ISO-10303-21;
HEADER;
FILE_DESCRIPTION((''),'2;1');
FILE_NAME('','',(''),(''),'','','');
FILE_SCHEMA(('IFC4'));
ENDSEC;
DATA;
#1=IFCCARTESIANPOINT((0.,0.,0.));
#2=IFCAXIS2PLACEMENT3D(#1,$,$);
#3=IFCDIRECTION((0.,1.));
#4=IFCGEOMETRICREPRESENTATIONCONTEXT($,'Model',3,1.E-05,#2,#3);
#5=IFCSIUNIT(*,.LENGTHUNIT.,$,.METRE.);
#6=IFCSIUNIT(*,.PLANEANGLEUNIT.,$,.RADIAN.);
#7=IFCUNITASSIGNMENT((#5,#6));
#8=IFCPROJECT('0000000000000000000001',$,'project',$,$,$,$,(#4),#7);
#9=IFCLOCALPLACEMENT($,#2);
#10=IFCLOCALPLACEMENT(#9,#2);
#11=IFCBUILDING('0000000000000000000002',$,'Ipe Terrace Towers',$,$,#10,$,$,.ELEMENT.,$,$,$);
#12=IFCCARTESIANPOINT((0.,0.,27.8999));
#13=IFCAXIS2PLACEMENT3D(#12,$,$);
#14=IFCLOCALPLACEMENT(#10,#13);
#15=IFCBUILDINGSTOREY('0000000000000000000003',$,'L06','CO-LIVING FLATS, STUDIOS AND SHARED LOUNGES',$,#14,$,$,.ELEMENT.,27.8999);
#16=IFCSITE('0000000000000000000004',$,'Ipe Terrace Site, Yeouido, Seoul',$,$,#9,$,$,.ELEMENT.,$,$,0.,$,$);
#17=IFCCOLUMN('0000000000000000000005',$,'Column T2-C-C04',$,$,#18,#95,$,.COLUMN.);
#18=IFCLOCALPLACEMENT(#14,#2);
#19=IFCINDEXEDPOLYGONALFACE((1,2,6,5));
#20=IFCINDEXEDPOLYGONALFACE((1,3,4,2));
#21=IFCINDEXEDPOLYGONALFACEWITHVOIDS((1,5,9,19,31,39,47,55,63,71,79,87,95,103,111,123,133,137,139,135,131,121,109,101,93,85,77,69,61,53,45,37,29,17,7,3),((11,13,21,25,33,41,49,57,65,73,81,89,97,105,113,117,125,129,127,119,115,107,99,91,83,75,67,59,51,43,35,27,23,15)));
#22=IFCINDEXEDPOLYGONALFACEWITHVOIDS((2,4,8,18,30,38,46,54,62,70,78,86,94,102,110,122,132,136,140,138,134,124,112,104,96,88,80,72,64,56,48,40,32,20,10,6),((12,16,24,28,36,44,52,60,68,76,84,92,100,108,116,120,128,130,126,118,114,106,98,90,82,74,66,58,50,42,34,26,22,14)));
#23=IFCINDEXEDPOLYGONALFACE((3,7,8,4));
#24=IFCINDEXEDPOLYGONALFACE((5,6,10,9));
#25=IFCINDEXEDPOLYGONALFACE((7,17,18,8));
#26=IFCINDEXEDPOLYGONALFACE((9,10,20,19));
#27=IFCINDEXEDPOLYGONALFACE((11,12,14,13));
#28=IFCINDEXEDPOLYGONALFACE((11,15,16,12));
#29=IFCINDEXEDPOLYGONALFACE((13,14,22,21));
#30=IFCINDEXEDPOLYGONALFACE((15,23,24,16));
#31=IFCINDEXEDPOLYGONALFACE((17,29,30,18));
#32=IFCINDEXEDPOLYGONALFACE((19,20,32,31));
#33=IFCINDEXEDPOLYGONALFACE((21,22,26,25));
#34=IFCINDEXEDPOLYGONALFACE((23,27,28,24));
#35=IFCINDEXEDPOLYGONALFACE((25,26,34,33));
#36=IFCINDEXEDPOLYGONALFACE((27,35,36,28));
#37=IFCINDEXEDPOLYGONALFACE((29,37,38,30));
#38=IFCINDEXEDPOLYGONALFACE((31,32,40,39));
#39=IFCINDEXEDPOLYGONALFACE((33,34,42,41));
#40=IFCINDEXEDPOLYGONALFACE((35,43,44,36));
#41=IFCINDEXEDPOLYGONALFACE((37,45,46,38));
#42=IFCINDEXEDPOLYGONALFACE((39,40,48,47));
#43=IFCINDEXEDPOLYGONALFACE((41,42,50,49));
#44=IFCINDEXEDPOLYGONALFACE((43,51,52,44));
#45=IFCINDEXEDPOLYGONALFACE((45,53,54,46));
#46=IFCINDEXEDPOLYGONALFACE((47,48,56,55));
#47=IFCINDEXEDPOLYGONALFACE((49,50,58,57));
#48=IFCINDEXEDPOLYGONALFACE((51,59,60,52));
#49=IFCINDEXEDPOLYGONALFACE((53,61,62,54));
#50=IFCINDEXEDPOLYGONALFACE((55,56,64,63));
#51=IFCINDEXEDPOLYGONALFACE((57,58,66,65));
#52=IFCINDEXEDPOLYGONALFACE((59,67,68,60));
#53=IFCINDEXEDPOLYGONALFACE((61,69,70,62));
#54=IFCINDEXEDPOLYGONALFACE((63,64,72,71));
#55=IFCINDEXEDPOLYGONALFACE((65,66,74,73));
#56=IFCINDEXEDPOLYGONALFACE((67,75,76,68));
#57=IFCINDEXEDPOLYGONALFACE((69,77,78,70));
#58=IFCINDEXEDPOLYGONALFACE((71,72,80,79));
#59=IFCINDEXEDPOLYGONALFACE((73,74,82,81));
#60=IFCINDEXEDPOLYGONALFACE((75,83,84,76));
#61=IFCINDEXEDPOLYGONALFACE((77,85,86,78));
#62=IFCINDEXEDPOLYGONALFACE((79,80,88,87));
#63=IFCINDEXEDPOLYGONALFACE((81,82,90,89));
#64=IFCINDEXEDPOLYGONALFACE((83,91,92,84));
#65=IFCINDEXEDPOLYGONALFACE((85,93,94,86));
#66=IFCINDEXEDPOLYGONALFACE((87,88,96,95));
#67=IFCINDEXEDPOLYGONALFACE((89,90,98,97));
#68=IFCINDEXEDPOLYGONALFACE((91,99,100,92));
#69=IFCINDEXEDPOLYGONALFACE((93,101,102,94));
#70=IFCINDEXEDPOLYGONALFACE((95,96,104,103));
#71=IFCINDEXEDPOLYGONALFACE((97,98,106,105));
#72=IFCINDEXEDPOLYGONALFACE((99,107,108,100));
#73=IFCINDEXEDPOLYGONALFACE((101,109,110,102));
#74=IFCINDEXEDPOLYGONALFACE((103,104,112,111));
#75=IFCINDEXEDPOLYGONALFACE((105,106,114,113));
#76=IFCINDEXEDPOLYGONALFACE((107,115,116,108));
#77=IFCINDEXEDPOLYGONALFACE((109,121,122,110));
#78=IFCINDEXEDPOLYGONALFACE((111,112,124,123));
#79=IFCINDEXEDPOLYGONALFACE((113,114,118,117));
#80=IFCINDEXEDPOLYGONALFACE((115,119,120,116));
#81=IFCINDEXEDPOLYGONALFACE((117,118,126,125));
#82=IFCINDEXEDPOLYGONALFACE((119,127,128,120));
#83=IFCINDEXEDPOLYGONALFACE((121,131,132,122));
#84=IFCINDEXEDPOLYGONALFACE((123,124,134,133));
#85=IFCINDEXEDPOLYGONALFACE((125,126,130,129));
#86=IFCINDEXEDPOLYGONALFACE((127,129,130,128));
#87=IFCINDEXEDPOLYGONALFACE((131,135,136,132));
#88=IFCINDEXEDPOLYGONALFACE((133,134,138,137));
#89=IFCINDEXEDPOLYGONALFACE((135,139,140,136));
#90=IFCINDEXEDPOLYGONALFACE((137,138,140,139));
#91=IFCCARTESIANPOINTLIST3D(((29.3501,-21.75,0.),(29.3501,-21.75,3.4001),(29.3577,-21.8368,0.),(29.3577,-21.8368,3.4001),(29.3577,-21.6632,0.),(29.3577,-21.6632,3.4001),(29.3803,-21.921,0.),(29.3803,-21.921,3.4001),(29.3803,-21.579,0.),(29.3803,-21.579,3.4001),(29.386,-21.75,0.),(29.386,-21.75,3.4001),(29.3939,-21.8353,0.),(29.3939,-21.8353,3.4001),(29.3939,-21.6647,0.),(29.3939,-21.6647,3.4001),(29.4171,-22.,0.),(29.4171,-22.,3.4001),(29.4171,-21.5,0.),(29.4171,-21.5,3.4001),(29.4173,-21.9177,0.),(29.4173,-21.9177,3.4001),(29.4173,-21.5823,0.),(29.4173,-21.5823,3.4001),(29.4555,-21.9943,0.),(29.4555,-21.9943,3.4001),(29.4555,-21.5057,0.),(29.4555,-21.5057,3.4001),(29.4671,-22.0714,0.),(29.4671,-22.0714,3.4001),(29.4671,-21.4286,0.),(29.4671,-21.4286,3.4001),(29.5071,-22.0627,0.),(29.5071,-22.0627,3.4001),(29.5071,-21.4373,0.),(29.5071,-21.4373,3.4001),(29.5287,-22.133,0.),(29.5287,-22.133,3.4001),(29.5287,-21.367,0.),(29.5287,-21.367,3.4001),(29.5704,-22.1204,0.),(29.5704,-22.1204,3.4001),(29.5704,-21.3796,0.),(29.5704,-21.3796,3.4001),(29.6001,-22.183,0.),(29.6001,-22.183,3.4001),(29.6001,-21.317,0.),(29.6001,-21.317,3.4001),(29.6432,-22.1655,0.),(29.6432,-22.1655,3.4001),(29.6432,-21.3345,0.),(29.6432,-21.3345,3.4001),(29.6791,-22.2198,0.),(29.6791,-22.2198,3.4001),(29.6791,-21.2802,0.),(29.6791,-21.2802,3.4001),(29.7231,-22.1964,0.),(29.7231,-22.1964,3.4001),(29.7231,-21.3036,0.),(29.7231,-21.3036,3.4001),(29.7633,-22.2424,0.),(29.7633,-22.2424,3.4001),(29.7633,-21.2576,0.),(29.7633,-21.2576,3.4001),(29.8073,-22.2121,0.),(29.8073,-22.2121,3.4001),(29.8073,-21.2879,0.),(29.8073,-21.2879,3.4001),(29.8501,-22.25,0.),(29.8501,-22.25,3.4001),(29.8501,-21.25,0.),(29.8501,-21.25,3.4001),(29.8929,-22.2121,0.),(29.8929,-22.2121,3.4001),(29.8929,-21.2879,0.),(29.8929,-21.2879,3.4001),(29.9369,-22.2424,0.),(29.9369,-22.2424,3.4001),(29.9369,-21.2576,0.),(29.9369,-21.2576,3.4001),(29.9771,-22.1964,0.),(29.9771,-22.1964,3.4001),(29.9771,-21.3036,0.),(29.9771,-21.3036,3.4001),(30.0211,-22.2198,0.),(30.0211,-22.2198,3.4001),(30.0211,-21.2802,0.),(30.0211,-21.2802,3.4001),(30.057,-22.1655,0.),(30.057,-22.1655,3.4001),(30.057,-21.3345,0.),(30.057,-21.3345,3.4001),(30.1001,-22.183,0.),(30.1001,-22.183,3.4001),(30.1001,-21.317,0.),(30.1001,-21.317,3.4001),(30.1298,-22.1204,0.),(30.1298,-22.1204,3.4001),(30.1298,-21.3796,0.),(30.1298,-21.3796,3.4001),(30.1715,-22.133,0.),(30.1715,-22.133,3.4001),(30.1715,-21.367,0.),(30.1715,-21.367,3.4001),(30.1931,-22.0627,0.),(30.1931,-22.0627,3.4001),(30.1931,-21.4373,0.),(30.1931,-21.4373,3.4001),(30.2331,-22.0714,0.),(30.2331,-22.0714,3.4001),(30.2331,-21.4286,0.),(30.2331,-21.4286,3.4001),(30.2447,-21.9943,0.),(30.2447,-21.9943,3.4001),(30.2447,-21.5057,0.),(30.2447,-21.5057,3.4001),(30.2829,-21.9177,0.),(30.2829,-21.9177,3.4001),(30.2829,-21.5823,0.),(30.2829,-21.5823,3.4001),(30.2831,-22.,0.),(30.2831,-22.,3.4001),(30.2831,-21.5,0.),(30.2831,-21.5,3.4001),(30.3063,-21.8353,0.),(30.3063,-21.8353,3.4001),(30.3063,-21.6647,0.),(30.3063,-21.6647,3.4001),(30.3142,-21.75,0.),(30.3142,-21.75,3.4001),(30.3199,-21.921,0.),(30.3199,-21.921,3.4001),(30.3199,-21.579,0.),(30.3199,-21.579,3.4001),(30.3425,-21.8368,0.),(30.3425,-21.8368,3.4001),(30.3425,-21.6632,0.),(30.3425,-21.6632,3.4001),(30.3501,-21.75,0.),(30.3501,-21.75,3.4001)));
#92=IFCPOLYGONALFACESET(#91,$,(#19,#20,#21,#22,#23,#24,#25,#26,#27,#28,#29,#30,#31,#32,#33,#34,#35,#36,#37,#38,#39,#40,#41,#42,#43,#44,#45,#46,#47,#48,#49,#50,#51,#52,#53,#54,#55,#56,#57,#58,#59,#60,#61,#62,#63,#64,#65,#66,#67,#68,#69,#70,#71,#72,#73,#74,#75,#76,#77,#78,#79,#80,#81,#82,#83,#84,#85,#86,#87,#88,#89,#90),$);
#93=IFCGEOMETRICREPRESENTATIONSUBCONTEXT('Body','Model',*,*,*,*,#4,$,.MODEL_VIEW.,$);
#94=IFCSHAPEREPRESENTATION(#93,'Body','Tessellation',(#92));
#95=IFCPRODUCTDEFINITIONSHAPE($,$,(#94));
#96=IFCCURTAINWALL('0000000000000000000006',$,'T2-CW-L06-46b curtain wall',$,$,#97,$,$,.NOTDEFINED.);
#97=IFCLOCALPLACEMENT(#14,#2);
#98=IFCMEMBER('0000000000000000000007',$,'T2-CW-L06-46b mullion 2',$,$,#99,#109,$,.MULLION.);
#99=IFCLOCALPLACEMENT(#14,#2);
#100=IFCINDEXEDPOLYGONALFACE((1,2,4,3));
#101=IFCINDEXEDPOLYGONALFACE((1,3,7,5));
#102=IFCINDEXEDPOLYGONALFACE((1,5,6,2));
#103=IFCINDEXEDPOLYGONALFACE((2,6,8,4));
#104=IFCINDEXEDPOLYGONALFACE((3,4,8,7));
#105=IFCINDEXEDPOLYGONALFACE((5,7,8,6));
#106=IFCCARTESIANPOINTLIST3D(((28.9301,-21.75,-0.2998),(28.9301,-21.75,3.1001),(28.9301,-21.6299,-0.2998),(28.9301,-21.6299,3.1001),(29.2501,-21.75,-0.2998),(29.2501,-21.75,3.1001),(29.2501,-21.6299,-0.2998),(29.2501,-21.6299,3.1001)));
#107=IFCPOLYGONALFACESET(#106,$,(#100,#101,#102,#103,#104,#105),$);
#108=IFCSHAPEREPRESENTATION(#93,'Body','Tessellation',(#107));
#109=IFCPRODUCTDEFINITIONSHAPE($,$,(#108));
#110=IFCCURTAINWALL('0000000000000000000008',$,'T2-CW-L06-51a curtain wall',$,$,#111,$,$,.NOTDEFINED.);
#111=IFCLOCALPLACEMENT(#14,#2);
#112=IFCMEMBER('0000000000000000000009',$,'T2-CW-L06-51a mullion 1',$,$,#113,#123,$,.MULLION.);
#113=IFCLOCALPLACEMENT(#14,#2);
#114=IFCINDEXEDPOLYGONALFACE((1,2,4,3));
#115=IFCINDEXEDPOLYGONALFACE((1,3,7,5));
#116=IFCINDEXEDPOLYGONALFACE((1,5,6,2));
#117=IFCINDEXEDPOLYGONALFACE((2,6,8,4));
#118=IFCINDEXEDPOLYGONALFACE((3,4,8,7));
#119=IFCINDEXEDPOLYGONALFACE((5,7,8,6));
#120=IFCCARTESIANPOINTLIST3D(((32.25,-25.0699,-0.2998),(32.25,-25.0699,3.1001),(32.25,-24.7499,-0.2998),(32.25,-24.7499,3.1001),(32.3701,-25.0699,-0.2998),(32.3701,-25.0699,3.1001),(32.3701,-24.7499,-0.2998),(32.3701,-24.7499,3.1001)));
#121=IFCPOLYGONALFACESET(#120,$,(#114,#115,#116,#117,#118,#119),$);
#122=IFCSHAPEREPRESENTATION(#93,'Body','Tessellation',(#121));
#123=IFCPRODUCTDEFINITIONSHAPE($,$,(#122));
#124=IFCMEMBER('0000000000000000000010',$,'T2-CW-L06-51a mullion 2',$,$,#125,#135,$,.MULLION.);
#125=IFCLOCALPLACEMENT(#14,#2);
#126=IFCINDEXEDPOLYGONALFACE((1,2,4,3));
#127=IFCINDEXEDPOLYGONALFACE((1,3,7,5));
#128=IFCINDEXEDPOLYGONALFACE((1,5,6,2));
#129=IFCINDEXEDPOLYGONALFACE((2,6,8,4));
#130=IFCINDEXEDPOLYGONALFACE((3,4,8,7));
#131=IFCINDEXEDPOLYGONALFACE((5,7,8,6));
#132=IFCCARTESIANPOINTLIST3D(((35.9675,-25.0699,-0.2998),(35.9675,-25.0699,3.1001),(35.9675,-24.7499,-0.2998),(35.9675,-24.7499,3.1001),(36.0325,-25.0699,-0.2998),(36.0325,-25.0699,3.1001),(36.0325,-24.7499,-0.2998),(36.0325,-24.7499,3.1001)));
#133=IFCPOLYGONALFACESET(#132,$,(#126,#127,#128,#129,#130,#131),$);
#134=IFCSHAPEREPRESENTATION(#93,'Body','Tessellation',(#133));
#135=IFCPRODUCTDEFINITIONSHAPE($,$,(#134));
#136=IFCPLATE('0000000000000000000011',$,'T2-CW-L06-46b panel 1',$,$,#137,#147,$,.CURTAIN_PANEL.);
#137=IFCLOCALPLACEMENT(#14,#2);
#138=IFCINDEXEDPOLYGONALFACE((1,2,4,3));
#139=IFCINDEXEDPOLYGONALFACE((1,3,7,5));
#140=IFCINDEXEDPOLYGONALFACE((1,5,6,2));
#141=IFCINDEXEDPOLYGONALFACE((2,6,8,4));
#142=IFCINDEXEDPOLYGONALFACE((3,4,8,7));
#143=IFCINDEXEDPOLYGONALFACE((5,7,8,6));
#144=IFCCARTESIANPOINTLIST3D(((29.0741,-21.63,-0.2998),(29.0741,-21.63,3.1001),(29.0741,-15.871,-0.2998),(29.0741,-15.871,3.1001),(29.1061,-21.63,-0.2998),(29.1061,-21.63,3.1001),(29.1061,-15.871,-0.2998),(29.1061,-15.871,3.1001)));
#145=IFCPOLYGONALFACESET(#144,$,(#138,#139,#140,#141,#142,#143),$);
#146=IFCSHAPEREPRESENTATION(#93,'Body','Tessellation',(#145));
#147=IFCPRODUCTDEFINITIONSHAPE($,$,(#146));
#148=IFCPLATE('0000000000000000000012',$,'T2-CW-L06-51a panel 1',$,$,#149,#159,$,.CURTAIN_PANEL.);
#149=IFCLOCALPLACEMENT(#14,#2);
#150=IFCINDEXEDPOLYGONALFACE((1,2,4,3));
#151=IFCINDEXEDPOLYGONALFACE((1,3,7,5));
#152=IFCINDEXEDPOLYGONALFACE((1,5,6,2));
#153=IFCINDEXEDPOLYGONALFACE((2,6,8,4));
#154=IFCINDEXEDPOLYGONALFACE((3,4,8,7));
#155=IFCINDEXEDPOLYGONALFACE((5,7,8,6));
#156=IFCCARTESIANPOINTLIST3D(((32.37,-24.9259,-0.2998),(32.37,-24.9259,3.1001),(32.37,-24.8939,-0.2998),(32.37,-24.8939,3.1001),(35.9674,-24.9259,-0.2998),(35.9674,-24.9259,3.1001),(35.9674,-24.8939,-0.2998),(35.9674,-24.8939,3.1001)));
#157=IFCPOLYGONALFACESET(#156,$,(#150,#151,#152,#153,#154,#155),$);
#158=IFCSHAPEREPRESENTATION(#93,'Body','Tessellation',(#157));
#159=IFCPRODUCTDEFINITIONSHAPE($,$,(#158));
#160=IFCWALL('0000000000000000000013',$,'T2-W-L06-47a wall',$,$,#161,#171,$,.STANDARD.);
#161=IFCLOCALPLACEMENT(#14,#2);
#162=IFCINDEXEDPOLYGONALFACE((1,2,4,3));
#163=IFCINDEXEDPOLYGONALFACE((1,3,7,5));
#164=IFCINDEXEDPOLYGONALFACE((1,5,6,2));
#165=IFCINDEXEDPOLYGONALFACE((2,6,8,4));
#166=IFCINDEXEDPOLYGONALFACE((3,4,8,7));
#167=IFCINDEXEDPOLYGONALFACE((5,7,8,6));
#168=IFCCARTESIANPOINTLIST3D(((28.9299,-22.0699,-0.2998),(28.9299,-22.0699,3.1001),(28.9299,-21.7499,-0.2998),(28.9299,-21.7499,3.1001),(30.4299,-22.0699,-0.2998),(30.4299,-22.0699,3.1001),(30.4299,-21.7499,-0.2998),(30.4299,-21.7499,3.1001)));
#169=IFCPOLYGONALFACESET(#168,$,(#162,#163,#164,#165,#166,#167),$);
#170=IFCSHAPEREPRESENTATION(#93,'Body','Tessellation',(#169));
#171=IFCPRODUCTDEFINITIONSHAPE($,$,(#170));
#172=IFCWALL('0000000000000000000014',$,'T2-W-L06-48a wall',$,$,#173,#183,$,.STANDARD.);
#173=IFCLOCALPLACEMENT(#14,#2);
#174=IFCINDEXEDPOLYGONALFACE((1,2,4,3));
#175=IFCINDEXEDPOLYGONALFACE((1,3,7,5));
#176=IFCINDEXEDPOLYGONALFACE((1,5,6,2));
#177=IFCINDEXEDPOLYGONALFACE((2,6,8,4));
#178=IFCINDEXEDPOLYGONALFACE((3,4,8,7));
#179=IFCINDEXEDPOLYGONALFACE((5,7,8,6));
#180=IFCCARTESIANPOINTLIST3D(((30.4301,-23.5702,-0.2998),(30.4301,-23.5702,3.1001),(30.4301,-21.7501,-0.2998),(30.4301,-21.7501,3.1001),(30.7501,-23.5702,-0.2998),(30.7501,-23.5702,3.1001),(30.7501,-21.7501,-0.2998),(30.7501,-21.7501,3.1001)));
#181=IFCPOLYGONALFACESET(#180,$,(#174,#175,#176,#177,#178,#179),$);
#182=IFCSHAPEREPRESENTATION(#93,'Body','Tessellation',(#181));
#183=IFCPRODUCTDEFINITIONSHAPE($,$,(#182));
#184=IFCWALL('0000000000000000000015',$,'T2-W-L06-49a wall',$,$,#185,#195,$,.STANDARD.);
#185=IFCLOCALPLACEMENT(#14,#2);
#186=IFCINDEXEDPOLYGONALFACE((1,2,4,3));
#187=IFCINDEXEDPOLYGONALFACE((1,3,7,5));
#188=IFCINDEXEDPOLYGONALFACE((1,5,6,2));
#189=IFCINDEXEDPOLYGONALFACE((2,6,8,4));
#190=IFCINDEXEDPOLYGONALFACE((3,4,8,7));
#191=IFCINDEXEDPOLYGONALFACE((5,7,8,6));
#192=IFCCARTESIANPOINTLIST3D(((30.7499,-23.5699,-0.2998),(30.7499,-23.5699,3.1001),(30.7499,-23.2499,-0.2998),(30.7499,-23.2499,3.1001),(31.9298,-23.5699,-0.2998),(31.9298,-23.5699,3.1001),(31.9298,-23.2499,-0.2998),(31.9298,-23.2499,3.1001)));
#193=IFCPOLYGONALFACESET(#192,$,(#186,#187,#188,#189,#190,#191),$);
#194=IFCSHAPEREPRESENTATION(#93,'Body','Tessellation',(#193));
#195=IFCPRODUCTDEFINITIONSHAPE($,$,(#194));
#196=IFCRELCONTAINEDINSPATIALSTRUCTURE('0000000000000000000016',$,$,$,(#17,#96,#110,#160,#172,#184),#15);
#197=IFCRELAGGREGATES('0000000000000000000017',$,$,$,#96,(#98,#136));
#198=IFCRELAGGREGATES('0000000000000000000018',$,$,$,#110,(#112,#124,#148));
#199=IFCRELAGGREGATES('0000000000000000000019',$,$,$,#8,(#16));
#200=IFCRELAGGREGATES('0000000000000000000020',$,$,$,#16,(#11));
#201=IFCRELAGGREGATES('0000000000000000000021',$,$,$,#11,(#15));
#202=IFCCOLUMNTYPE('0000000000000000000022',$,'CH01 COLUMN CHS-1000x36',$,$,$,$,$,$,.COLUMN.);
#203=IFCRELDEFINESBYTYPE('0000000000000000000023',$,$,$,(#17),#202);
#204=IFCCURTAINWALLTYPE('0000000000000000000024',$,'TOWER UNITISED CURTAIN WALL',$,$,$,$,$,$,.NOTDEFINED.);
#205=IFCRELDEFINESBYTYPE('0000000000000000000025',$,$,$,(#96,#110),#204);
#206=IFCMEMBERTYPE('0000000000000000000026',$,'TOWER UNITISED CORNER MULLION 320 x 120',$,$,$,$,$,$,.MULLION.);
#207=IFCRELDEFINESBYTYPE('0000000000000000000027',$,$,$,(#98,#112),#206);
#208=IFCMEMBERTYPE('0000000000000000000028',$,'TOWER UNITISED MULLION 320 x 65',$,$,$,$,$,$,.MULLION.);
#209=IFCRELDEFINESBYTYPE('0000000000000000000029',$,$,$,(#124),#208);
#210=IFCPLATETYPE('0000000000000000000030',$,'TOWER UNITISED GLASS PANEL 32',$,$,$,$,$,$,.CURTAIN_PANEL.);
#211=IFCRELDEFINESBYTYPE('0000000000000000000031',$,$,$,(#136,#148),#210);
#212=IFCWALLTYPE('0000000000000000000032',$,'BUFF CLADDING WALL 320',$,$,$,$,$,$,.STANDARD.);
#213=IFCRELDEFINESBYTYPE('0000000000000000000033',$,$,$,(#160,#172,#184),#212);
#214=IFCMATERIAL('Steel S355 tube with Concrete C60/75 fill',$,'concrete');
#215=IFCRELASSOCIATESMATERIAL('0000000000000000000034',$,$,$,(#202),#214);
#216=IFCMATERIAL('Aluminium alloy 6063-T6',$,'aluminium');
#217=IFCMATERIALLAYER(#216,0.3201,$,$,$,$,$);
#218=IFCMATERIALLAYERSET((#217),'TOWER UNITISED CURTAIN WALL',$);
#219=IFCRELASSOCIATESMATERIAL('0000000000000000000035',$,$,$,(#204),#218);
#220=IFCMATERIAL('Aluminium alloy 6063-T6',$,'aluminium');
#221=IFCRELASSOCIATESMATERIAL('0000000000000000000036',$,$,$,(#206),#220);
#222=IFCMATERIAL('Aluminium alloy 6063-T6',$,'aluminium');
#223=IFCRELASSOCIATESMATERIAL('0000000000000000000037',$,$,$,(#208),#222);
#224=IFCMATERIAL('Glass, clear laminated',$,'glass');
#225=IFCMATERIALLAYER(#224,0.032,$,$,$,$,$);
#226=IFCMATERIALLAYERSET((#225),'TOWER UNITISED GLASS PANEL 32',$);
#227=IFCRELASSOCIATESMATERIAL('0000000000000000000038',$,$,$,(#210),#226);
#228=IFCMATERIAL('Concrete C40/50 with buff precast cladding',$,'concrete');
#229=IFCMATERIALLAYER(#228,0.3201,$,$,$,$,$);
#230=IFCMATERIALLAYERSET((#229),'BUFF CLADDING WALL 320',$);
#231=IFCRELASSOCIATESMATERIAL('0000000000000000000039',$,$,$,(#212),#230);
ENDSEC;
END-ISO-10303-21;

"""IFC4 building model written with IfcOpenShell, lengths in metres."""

from ifc_helpers import new_model, si_unit, direction, frame, frame_2d, origin, origin_2d, place, context, subcontext, project, spatial, rectangle, hollow_circle, extrude, material, layer, layer_set, material_profile, profile_set, type_object, element, aggregate, save


model = new_model("IFC4")

# Units and contexts
model_context = context("Model", 3, precision=1e-05, world=origin(), true_north=direction((0.0, 1.0)))
body_context = subcontext(model_context, "Body", "Model", "MODEL_VIEW")
ifc_project = project(units=[si_unit("LENGTHUNIT", "METRE"), si_unit("PLANEANGLEUNIT", "RADIAN")], contexts=[model_context])

# Site, building, storey
site_placement = place(None, origin())
site = spatial("IfcSite", under=ifc_project, at=site_placement, Name="Ipe Terrace Site, Yeouido, Seoul", CompositionType="ELEMENT", RefElevation=0.0)
building_placement = place(site_placement, origin())
building = spatial("IfcBuilding", under=site, at=building_placement, Name="Ipe Terrace Towers", CompositionType="ELEMENT")
storey_placement = place(building_placement, frame((0.0, 0.0, 27.8999)))
storey = spatial("IfcBuildingStorey", under=building, at=storey_placement, Name="L06", Description="CO-LIVING FLATS, STUDIOS AND SHARED LOUNGES", CompositionType="ELEMENT", Elevation=27.8999)

# Column
ifc_material_1 = material(Name="Steel S355 tube with Concrete C60/75 fill", Category="concrete")
ifc_material_profile_1 = material_profile(ifc_material_1, hollow_circle(Radius=0.5, WallThickness=0.0359, at=origin_2d()), Name="CHS-1000x36")
ifc_profile_set_1 = profile_set([ifc_material_profile_1], Name="Steel S355 tube with Concrete C60/75 fill")
column_type = type_object("IfcColumnType", Name="CH01 COLUMN CHS-1000x36", PredefinedType="COLUMN", material=ifc_profile_set_1)
column_placement = place(storey_placement, frame((29.8501, -21.75, 0.0), z_axis=(0.0, 0.0, 1.0), x_axis=(1.0, 0.0, 0.0)))
element("IfcColumn", 1, at=column_placement, inside=storey, type_object=column_type, Name="Column T2-C-C04", PredefinedType="COLUMN", context=body_context, shape_type="SweptSolid", body=[
    extrude(hollow_circle(Radius=0.5, WallThickness=0.0359, at=origin_2d()), origin(), (0.0, 0.0, 1.0), 3.4001),
])

# Curtain wall, member
ifc_material_2 = material(Name="Aluminium alloy 6063-T6", Category="aluminium")
ifc_layer_1 = layer(ifc_material_2, 0.3201)
ifc_layer_set_1 = layer_set([ifc_layer_1], Name="TOWER UNITISED CURTAIN WALL")
curtain_wall_type = type_object("IfcCurtainWallType", Name="TOWER UNITISED CURTAIN WALL", PredefinedType="NOTDEFINED", material=ifc_layer_set_1)
curtain_wall_1_placement = place(storey_placement, origin())
curtain_wall_1 = element("IfcCurtainWall", 2, at=curtain_wall_1_placement, inside=storey, type_object=curtain_wall_type, Name="T2-CW-L06-46b curtain wall", PredefinedType="NOTDEFINED")
ifc_material_3 = material(Name="Aluminium alloy 6063-T6", Category="aluminium")
ifc_material_profile_2 = material_profile(ifc_material_3, rectangle(XDim=0.3201, YDim=0.1201, at=origin_2d()), Name="TOWER UNITISED CORNER MULLION 320 x 120")
ifc_profile_set_2 = profile_set([ifc_material_profile_2], Name="Aluminium alloy 6063-T6")
member_type_1 = type_object("IfcMemberType", Name="TOWER UNITISED CORNER MULLION 320 x 120", PredefinedType="MULLION", material=ifc_profile_set_2)
member_1_placement = place(storey_placement, frame((29.0901, -21.6899, -0.2998), z_axis=(0.0, 0.0, 1.0), x_axis=(-1.0, 0.0, 0.0)))
member_1 = element("IfcMember", 3, at=member_1_placement, type_object=member_type_1, Name="T2-CW-L06-46b mullion 2", PredefinedType="MULLION", context=body_context, shape_type="SweptSolid", body=[
    extrude(rectangle(XDim=0.3201, YDim=0.1201, at=origin_2d()), origin(), (0.0, 0.0, 1.0), 3.3999),
])

# Curtain wall, members
curtain_wall_2_placement = place(storey_placement, origin())
curtain_wall_2 = element("IfcCurtainWall", 4, at=curtain_wall_2_placement, inside=storey, type_object=curtain_wall_type, Name="T2-CW-L06-51a curtain wall", PredefinedType="NOTDEFINED")
member_2_placement = place(storey_placement, frame((32.3101, -24.9099, -0.2998), z_axis=(0.0, 0.0, 1.0), x_axis=(0.0, -1.0, 0.0)))
member_2 = element("IfcMember", 5, at=member_2_placement, type_object=member_type_1, Name="T2-CW-L06-51a mullion 1", PredefinedType="MULLION", context=body_context, shape_type="SweptSolid", body=[
    extrude(rectangle(XDim=0.3201, YDim=0.1201, at=origin_2d()), origin(), (0.0, 0.0, 1.0), 3.3999),
])
ifc_material_4 = material(Name="Aluminium alloy 6063-T6", Category="aluminium")
ifc_material_profile_3 = material_profile(ifc_material_4, rectangle(XDim=0.3201, YDim=0.0649, at=origin_2d()), Name="TOWER UNITISED MULLION 320 x 65")
ifc_profile_set_3 = profile_set([ifc_material_profile_3], Name="Aluminium alloy 6063-T6")
member_type_2 = type_object("IfcMemberType", Name="TOWER UNITISED MULLION 320 x 65", PredefinedType="MULLION", material=ifc_profile_set_3)
member_3_placement = place(storey_placement, frame((36.0, -24.9099, -0.2998), z_axis=(0.0, 0.0, 1.0), x_axis=(0.0, -1.0, 0.0)))
member_3 = element("IfcMember", 6, at=member_3_placement, type_object=member_type_2, Name="T2-CW-L06-51a mullion 2", PredefinedType="MULLION", context=body_context, shape_type="SweptSolid", body=[
    extrude(rectangle(XDim=0.3201, YDim=0.0649, at=origin_2d()), origin(), (0.0, 0.0, 1.0), 3.3999),
])

# Plates
ifc_material_5 = material(Name="Glass, clear laminated", Category="glass")
ifc_layer_2 = layer(ifc_material_5, 0.032)
ifc_layer_set_2 = layer_set([ifc_layer_2], Name="TOWER UNITISED GLASS PANEL 32")
plate_type = type_object("IfcPlateType", Name="TOWER UNITISED GLASS PANEL 32", PredefinedType="CURTAIN_PANEL", material=ifc_layer_set_2)
plate_1_placement = place(storey_placement, frame((29.0901, -18.7505, -0.2998), z_axis=(0.0, 0.0, 1.0), x_axis=(0.0, -1.0, 0.0)))
plate_1 = element("IfcPlate", 7, at=plate_1_placement, type_object=plate_type, Name="T2-CW-L06-46b panel 1", PredefinedType="CURTAIN_PANEL", context=body_context, shape_type="SweptSolid", body=[
    extrude(rectangle(XDim=5.759, YDim=0.032, at=origin_2d()), origin(), (0.0, 0.0, 1.0), 3.3999),
])
aggregate(curtain_wall_1, [member_1, plate_1])
plate_2_placement = place(storey_placement, frame((34.1687, -24.9099, -0.2998), z_axis=(0.0, 0.0, 1.0), x_axis=(1.0, 0.0, 0.0)))
plate_2 = element("IfcPlate", 8, at=plate_2_placement, type_object=plate_type, Name="T2-CW-L06-51a panel 1", PredefinedType="CURTAIN_PANEL", context=body_context, shape_type="SweptSolid", body=[
    extrude(rectangle(XDim=3.5974, YDim=0.032, at=origin_2d()), origin(), (0.0, 0.0, 1.0), 3.3999),
])
aggregate(curtain_wall_2, [member_2, member_3, plate_2])

# Walls
ifc_material_6 = material(Name="Concrete C40/50 with buff precast cladding", Category="concrete")
ifc_layer_3 = layer(ifc_material_6, 0.3201)
ifc_layer_set_3 = layer_set([ifc_layer_3], Name="BUFF CLADDING WALL 320")
wall_type_1 = type_object("IfcWallType", Name="BUFF CLADDING WALL 320", PredefinedType="STANDARD", material=ifc_layer_set_3)
wall_1_placement = place(storey_placement, frame((28.9299, -21.9099, -0.2998), z_axis=(0.0, 0.0, 1.0), x_axis=(1.0, 0.0, 0.0)))
element("IfcWall", 9, at=wall_1_placement, inside=storey, type_object=wall_type_1, Name="T2-W-L06-47a wall", PredefinedType="STANDARD", context=body_context, shape_type="SweptSolid", body=[
    extrude(rectangle(XDim=1.5, YDim=0.3201, at=frame_2d((0.75, 0.0))), origin(), (0.0, 0.0, 1.0), 3.3999),
])
wall_2_placement = place(storey_placement, frame((30.5901, -21.75, -0.2998), z_axis=(0.0, 0.0, 1.0), x_axis=(0.0, -1.0, 0.0)))
element("IfcWall", 10, at=wall_2_placement, inside=storey, type_object=wall_type_1, Name="T2-W-L06-48a wall", PredefinedType="STANDARD", context=body_context, shape_type="SweptSolid", body=[
    extrude(rectangle(XDim=1.8201, YDim=0.3201, at=frame_2d((0.9102, 0.0))), origin(), (0.0, 0.0, 1.0), 3.3999),
])
wall_3_placement = place(storey_placement, frame((30.75, -23.4099, -0.2998), z_axis=(0.0, 0.0, 1.0), x_axis=(1.0, 0.0, 0.0)))
element("IfcWall", 11, at=wall_3_placement, inside=storey, type_object=wall_type_1, Name="T2-W-L06-49a wall", PredefinedType="STANDARD", context=body_context, shape_type="SweptSolid", body=[
    extrude(rectangle(XDim=1.1799, YDim=0.3201, at=frame_2d((0.5898, 0.0))), origin(), (0.0, 0.0, 1.0), 3.3999),
])

save(model, "model.ifc")
